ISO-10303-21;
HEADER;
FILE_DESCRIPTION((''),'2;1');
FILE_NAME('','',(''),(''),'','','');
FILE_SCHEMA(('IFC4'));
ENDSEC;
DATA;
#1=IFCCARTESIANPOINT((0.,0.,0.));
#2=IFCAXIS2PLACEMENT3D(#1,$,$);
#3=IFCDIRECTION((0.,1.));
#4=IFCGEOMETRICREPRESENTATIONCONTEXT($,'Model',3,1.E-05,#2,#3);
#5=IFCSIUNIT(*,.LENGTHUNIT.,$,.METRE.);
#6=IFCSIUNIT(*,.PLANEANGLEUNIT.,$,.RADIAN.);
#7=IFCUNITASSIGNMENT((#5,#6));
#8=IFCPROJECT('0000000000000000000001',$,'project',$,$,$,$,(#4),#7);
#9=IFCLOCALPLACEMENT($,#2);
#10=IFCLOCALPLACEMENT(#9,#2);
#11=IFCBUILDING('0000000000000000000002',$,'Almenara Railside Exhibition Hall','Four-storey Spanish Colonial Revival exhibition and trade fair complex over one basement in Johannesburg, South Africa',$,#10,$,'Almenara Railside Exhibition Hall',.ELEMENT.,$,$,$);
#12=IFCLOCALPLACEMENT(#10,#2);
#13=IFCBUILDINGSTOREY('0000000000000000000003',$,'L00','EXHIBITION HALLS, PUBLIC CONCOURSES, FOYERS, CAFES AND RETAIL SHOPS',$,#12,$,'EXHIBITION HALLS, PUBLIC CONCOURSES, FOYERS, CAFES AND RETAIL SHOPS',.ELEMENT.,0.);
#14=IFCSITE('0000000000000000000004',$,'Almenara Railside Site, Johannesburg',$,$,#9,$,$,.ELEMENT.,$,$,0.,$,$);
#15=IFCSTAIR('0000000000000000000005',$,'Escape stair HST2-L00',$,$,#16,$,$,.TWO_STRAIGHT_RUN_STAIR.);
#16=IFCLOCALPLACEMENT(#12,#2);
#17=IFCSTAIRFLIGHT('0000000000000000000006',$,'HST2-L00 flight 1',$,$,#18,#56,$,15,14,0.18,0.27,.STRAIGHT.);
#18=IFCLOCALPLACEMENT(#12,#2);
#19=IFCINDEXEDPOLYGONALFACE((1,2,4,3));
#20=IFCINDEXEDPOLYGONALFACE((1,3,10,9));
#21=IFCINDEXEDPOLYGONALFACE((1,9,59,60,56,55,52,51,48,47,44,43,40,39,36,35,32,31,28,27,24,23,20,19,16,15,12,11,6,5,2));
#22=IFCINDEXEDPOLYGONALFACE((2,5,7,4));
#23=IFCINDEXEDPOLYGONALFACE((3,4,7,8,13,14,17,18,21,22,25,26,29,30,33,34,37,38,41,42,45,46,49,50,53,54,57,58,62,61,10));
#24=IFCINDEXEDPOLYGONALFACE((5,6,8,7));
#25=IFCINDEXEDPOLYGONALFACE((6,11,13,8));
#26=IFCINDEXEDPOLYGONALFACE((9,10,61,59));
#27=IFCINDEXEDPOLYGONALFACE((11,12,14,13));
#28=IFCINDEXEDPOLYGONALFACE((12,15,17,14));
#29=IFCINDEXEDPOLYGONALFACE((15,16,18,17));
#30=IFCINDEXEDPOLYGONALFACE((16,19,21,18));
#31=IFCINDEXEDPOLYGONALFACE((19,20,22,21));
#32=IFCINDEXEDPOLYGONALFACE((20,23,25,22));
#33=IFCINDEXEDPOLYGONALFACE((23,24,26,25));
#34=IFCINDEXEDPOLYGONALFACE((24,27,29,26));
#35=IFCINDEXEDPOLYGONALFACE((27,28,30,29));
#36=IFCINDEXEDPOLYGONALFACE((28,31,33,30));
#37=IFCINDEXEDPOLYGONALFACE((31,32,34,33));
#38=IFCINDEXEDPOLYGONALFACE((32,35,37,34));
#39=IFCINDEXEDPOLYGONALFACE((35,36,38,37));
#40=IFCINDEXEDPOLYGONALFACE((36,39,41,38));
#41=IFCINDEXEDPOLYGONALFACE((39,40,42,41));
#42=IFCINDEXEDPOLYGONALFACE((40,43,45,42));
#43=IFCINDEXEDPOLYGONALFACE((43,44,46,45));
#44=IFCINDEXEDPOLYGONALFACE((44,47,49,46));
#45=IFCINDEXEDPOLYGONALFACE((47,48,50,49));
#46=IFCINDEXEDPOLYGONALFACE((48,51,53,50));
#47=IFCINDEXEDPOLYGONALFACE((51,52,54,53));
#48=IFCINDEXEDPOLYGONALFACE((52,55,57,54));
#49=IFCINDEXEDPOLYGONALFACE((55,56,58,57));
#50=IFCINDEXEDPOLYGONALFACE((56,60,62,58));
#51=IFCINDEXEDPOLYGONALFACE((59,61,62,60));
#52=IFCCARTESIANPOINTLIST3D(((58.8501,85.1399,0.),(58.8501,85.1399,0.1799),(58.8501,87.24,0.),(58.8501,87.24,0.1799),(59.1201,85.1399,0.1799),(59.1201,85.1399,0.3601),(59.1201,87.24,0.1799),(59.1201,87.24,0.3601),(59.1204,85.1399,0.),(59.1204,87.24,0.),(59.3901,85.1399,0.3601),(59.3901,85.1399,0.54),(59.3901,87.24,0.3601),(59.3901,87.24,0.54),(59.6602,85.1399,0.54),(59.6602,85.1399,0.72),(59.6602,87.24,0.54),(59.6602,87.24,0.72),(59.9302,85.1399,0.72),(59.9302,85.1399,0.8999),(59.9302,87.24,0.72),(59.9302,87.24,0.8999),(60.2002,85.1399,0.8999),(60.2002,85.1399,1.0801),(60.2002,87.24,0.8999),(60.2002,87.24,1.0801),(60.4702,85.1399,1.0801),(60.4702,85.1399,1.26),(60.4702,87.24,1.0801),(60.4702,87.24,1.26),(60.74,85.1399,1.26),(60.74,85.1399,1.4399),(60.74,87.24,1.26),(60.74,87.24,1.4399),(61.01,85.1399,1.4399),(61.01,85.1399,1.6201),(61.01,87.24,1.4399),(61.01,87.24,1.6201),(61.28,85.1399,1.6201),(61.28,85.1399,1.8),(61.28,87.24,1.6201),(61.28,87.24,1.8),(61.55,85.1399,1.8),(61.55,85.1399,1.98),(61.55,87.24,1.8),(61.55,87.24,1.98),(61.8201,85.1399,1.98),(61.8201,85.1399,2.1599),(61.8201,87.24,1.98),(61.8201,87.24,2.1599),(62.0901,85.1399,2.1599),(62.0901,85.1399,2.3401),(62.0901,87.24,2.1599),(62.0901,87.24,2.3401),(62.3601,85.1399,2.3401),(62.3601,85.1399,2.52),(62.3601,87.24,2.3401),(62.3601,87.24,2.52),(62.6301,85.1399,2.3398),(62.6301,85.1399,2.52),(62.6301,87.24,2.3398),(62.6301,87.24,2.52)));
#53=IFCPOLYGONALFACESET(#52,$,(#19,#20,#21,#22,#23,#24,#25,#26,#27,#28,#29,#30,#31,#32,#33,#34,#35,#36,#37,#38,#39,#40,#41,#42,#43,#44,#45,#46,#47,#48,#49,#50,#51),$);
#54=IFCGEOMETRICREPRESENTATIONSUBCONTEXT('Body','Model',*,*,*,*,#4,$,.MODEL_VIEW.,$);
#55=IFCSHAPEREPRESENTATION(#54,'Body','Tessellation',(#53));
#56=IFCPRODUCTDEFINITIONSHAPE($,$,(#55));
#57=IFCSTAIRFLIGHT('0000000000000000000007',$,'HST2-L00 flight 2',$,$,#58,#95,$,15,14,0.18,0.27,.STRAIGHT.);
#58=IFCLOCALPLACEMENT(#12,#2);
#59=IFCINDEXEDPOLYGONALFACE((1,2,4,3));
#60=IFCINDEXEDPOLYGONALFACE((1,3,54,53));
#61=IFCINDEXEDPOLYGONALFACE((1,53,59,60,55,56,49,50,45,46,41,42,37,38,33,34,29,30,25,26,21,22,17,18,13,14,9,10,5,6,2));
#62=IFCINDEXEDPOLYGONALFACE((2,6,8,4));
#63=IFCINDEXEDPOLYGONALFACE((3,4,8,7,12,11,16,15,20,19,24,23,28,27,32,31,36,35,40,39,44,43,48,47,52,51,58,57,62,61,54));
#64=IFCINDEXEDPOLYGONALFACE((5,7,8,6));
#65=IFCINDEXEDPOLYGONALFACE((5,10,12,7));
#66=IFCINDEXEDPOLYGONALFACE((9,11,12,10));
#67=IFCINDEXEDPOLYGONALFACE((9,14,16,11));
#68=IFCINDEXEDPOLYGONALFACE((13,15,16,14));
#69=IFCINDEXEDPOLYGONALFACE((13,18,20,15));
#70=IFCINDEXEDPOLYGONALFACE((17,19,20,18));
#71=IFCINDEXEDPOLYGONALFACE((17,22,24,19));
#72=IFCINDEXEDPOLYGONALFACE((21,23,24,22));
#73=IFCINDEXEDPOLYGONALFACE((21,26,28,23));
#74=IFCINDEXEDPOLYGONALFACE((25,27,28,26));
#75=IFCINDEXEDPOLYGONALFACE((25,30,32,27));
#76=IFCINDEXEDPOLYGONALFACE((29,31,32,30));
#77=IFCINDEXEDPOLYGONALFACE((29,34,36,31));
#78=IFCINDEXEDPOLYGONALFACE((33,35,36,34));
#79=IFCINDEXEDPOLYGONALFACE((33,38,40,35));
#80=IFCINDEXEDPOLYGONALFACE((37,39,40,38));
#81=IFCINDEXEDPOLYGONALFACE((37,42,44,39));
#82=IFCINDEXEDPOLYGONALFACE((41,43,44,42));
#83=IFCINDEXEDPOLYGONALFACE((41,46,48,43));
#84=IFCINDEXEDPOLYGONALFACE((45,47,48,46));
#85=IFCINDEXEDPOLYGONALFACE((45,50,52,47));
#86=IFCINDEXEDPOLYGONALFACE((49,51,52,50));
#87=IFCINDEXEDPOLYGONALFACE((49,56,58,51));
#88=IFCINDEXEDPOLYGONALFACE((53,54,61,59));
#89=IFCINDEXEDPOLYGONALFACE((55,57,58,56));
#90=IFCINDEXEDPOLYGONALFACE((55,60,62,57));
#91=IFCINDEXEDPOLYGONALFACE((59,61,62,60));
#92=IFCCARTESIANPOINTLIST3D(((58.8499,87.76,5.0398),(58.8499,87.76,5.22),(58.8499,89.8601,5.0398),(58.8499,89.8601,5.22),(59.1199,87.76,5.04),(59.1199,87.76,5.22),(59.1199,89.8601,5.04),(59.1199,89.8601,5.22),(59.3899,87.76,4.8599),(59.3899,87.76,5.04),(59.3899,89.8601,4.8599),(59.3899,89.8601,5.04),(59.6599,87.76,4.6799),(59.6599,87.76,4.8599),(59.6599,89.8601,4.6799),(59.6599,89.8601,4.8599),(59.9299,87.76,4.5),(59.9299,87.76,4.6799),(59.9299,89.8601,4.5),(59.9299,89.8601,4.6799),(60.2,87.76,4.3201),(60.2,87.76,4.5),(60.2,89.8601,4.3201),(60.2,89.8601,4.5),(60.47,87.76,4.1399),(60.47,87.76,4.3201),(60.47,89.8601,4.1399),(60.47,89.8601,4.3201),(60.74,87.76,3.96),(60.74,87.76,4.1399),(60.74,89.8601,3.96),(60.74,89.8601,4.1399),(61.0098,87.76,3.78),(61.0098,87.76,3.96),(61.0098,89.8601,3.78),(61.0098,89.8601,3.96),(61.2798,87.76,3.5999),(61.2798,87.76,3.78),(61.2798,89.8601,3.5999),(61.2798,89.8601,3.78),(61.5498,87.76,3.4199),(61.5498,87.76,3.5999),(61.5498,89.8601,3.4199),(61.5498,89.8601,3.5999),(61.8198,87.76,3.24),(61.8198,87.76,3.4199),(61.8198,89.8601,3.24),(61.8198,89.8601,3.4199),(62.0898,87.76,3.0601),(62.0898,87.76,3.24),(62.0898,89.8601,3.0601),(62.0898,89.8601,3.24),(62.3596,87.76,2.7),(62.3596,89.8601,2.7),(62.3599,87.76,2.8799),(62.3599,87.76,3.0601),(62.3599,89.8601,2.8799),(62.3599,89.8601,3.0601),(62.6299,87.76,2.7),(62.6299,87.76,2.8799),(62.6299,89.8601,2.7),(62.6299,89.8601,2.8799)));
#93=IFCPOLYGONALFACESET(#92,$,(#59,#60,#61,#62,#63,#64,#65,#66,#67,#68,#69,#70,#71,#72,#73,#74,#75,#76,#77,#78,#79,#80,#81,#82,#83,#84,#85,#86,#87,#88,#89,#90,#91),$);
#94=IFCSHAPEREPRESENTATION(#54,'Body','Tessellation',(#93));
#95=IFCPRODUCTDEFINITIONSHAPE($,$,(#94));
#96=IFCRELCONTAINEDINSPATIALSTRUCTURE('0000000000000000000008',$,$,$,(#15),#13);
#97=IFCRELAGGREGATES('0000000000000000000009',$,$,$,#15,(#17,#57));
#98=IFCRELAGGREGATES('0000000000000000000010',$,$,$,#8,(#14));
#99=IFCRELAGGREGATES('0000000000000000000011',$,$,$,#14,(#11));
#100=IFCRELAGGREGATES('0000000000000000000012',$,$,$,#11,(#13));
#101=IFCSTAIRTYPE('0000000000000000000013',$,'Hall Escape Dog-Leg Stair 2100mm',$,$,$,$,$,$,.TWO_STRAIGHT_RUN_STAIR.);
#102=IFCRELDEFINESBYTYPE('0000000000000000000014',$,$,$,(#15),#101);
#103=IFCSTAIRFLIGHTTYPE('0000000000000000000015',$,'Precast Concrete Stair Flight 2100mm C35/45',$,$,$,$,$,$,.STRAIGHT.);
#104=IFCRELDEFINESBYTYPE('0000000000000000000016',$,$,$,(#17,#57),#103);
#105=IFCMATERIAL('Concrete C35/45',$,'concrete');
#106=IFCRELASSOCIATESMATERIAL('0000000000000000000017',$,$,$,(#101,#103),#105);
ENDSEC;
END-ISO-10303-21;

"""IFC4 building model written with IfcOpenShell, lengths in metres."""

from ifc_helpers import new_model, si_unit, direction, frame, origin, place, context, subcontext, project, spatial, polyline, outline, extrude, material, type_object, element, aggregate, save


model = new_model("IFC4")

# Units and contexts
model_context = context("Model", 3, precision=1e-05, world=origin(), true_north=direction((0.0, 1.0)))
body_context = subcontext(model_context, "Body", "Model", "MODEL_VIEW")
ifc_project = project(units=[si_unit("LENGTHUNIT", "METRE"), si_unit("PLANEANGLEUNIT", "RADIAN")], contexts=[model_context])

# Site, building, storey
site_placement = place(None, origin())
site = spatial("IfcSite", under=ifc_project, at=site_placement, Name="Almenara Railside Site, Johannesburg", CompositionType="ELEMENT", RefElevation=0.0)
building_placement = place(site_placement, origin())
building = spatial("IfcBuilding", under=site, at=building_placement, Name="Almenara Railside Exhibition Hall", Description="Four-storey Spanish Colonial Revival exhibition and trade fair complex over one basement in Johannesburg, South Africa", LongName="Almenara Railside Exhibition Hall", CompositionType="ELEMENT")
storey_placement = place(building_placement, origin())
storey = spatial("IfcBuildingStorey", under=building, at=storey_placement, Name="L00", Description="EXHIBITION HALLS, PUBLIC CONCOURSES, FOYERS, CAFES AND RETAIL SHOPS", LongName="EXHIBITION HALLS, PUBLIC CONCOURSES, FOYERS, CAFES AND RETAIL SHOPS", CompositionType="ELEMENT", Elevation=0.0)

# Shared definitions
ifc_material_1 = material(Name="Concrete C35/45", Category="concrete")

# Stair, stair flights
stair_type = type_object("IfcStairType", Name="Hall Escape Dog-Leg Stair 2100mm", PredefinedType="TWO_STRAIGHT_RUN_STAIR", material=ifc_material_1)
stair_placement = place(storey_placement, origin())
stair = element("IfcStair", 1, at=stair_placement, inside=storey, type_object=stair_type, Name="Escape stair HST2-L00", PredefinedType="TWO_STRAIGHT_RUN_STAIR")
stair_flight_type = type_object("IfcStairFlightType", Name="Precast Concrete Stair Flight 2100mm C35/45", PredefinedType="STRAIGHT", material=ifc_material_1)
stair_flight_1_placement = place(storey_placement, frame((58.8501, 86.1899, 0.0), z_axis=(0.0, 0.0, 1.0), x_axis=(1.0, 0.0, 0.0)))
stair_flight_1 = element("IfcStairFlight", 2, at=stair_flight_1_placement, type_object=stair_flight_type, Name="HST2-L00 flight 1", NumberOfRisers=15, NumberOfTreads=14, PredefinedType="STRAIGHT", RiserHeight=0.18, TreadLength=0.27, context=body_context, shape_type="SweptSolid", body=[
    extrude(outline(polyline([(0.0, 0.0), (0.0, 0.1799), (0.27, 0.1799), (0.27, 0.3601), (0.54, 0.3601), (0.54, 0.54), (0.8101, 0.54), (0.8101, 0.72), (1.0801, 0.72), (1.0801, 0.8999), (1.3501, 0.8999), (1.3501, 1.0801), (1.6201, 1.0801), (1.6201, 1.26), (1.8899, 1.26), (1.8899, 1.4399), (2.1599, 1.4399), (2.1599, 1.6201), (2.4299, 1.6201), (2.4299, 1.8), (2.7, 1.8), (2.7, 1.98), (2.97, 1.98), (2.97, 2.1599), (3.24, 2.1599), (3.24, 2.3401), (3.51, 2.3401), (3.51, 2.52), (3.78, 2.52), (3.78, 2.7), (3.78, 2.3398), (0.2703, 0.0), (0.0, 0.0)])), frame((0.0, 1.05, 0.0), z_axis=(0.0, -1.0, 0.0), x_axis=(1.0, 0.0, 0.0)), (0.0, 0.0, 1.0), 2.1001),
])
stair_flight_2_placement = place(storey_placement, frame((62.6299, 88.8101, 2.7), z_axis=(0.0, 0.0, 1.0), x_axis=(-1.0, 0.0, 0.0)))
stair_flight_2 = element("IfcStairFlight", 3, at=stair_flight_2_placement, type_object=stair_flight_type, Name="HST2-L00 flight 2", NumberOfRisers=15, NumberOfTreads=14, PredefinedType="STRAIGHT", RiserHeight=0.18, TreadLength=0.27, context=body_context, shape_type="SweptSolid", body=[
    extrude(outline(polyline([(0.0, 0.0), (0.0, 0.1799), (0.27, 0.1799), (0.27, 0.3601), (0.54, 0.3601), (0.54, 0.54), (0.8101, 0.54), (0.8101, 0.72), (1.0801, 0.72), (1.0801, 0.8999), (1.3501, 0.8999), (1.3501, 1.0801), (1.6201, 1.0801), (1.6201, 1.26), (1.8899, 1.26), (1.8899, 1.4399), (2.1599, 1.4399), (2.1599, 1.6201), (2.4299, 1.6201), (2.4299, 1.8), (2.7, 1.8), (2.7, 1.98), (2.97, 1.98), (2.97, 2.1599), (3.24, 2.1599), (3.24, 2.3401), (3.51, 2.3401), (3.51, 2.52), (3.78, 2.52), (3.78, 2.7), (3.78, 2.3398), (0.2703, 0.0), (0.0, 0.0)])), frame((0.0, 1.05, 0.0), z_axis=(0.0, -1.0, 0.0), x_axis=(1.0, 0.0, 0.0)), (0.0, 0.0, 1.0), 2.1001),
])
aggregate(stair, [stair_flight_1, stair_flight_2])

save(model, "model.ifc")
